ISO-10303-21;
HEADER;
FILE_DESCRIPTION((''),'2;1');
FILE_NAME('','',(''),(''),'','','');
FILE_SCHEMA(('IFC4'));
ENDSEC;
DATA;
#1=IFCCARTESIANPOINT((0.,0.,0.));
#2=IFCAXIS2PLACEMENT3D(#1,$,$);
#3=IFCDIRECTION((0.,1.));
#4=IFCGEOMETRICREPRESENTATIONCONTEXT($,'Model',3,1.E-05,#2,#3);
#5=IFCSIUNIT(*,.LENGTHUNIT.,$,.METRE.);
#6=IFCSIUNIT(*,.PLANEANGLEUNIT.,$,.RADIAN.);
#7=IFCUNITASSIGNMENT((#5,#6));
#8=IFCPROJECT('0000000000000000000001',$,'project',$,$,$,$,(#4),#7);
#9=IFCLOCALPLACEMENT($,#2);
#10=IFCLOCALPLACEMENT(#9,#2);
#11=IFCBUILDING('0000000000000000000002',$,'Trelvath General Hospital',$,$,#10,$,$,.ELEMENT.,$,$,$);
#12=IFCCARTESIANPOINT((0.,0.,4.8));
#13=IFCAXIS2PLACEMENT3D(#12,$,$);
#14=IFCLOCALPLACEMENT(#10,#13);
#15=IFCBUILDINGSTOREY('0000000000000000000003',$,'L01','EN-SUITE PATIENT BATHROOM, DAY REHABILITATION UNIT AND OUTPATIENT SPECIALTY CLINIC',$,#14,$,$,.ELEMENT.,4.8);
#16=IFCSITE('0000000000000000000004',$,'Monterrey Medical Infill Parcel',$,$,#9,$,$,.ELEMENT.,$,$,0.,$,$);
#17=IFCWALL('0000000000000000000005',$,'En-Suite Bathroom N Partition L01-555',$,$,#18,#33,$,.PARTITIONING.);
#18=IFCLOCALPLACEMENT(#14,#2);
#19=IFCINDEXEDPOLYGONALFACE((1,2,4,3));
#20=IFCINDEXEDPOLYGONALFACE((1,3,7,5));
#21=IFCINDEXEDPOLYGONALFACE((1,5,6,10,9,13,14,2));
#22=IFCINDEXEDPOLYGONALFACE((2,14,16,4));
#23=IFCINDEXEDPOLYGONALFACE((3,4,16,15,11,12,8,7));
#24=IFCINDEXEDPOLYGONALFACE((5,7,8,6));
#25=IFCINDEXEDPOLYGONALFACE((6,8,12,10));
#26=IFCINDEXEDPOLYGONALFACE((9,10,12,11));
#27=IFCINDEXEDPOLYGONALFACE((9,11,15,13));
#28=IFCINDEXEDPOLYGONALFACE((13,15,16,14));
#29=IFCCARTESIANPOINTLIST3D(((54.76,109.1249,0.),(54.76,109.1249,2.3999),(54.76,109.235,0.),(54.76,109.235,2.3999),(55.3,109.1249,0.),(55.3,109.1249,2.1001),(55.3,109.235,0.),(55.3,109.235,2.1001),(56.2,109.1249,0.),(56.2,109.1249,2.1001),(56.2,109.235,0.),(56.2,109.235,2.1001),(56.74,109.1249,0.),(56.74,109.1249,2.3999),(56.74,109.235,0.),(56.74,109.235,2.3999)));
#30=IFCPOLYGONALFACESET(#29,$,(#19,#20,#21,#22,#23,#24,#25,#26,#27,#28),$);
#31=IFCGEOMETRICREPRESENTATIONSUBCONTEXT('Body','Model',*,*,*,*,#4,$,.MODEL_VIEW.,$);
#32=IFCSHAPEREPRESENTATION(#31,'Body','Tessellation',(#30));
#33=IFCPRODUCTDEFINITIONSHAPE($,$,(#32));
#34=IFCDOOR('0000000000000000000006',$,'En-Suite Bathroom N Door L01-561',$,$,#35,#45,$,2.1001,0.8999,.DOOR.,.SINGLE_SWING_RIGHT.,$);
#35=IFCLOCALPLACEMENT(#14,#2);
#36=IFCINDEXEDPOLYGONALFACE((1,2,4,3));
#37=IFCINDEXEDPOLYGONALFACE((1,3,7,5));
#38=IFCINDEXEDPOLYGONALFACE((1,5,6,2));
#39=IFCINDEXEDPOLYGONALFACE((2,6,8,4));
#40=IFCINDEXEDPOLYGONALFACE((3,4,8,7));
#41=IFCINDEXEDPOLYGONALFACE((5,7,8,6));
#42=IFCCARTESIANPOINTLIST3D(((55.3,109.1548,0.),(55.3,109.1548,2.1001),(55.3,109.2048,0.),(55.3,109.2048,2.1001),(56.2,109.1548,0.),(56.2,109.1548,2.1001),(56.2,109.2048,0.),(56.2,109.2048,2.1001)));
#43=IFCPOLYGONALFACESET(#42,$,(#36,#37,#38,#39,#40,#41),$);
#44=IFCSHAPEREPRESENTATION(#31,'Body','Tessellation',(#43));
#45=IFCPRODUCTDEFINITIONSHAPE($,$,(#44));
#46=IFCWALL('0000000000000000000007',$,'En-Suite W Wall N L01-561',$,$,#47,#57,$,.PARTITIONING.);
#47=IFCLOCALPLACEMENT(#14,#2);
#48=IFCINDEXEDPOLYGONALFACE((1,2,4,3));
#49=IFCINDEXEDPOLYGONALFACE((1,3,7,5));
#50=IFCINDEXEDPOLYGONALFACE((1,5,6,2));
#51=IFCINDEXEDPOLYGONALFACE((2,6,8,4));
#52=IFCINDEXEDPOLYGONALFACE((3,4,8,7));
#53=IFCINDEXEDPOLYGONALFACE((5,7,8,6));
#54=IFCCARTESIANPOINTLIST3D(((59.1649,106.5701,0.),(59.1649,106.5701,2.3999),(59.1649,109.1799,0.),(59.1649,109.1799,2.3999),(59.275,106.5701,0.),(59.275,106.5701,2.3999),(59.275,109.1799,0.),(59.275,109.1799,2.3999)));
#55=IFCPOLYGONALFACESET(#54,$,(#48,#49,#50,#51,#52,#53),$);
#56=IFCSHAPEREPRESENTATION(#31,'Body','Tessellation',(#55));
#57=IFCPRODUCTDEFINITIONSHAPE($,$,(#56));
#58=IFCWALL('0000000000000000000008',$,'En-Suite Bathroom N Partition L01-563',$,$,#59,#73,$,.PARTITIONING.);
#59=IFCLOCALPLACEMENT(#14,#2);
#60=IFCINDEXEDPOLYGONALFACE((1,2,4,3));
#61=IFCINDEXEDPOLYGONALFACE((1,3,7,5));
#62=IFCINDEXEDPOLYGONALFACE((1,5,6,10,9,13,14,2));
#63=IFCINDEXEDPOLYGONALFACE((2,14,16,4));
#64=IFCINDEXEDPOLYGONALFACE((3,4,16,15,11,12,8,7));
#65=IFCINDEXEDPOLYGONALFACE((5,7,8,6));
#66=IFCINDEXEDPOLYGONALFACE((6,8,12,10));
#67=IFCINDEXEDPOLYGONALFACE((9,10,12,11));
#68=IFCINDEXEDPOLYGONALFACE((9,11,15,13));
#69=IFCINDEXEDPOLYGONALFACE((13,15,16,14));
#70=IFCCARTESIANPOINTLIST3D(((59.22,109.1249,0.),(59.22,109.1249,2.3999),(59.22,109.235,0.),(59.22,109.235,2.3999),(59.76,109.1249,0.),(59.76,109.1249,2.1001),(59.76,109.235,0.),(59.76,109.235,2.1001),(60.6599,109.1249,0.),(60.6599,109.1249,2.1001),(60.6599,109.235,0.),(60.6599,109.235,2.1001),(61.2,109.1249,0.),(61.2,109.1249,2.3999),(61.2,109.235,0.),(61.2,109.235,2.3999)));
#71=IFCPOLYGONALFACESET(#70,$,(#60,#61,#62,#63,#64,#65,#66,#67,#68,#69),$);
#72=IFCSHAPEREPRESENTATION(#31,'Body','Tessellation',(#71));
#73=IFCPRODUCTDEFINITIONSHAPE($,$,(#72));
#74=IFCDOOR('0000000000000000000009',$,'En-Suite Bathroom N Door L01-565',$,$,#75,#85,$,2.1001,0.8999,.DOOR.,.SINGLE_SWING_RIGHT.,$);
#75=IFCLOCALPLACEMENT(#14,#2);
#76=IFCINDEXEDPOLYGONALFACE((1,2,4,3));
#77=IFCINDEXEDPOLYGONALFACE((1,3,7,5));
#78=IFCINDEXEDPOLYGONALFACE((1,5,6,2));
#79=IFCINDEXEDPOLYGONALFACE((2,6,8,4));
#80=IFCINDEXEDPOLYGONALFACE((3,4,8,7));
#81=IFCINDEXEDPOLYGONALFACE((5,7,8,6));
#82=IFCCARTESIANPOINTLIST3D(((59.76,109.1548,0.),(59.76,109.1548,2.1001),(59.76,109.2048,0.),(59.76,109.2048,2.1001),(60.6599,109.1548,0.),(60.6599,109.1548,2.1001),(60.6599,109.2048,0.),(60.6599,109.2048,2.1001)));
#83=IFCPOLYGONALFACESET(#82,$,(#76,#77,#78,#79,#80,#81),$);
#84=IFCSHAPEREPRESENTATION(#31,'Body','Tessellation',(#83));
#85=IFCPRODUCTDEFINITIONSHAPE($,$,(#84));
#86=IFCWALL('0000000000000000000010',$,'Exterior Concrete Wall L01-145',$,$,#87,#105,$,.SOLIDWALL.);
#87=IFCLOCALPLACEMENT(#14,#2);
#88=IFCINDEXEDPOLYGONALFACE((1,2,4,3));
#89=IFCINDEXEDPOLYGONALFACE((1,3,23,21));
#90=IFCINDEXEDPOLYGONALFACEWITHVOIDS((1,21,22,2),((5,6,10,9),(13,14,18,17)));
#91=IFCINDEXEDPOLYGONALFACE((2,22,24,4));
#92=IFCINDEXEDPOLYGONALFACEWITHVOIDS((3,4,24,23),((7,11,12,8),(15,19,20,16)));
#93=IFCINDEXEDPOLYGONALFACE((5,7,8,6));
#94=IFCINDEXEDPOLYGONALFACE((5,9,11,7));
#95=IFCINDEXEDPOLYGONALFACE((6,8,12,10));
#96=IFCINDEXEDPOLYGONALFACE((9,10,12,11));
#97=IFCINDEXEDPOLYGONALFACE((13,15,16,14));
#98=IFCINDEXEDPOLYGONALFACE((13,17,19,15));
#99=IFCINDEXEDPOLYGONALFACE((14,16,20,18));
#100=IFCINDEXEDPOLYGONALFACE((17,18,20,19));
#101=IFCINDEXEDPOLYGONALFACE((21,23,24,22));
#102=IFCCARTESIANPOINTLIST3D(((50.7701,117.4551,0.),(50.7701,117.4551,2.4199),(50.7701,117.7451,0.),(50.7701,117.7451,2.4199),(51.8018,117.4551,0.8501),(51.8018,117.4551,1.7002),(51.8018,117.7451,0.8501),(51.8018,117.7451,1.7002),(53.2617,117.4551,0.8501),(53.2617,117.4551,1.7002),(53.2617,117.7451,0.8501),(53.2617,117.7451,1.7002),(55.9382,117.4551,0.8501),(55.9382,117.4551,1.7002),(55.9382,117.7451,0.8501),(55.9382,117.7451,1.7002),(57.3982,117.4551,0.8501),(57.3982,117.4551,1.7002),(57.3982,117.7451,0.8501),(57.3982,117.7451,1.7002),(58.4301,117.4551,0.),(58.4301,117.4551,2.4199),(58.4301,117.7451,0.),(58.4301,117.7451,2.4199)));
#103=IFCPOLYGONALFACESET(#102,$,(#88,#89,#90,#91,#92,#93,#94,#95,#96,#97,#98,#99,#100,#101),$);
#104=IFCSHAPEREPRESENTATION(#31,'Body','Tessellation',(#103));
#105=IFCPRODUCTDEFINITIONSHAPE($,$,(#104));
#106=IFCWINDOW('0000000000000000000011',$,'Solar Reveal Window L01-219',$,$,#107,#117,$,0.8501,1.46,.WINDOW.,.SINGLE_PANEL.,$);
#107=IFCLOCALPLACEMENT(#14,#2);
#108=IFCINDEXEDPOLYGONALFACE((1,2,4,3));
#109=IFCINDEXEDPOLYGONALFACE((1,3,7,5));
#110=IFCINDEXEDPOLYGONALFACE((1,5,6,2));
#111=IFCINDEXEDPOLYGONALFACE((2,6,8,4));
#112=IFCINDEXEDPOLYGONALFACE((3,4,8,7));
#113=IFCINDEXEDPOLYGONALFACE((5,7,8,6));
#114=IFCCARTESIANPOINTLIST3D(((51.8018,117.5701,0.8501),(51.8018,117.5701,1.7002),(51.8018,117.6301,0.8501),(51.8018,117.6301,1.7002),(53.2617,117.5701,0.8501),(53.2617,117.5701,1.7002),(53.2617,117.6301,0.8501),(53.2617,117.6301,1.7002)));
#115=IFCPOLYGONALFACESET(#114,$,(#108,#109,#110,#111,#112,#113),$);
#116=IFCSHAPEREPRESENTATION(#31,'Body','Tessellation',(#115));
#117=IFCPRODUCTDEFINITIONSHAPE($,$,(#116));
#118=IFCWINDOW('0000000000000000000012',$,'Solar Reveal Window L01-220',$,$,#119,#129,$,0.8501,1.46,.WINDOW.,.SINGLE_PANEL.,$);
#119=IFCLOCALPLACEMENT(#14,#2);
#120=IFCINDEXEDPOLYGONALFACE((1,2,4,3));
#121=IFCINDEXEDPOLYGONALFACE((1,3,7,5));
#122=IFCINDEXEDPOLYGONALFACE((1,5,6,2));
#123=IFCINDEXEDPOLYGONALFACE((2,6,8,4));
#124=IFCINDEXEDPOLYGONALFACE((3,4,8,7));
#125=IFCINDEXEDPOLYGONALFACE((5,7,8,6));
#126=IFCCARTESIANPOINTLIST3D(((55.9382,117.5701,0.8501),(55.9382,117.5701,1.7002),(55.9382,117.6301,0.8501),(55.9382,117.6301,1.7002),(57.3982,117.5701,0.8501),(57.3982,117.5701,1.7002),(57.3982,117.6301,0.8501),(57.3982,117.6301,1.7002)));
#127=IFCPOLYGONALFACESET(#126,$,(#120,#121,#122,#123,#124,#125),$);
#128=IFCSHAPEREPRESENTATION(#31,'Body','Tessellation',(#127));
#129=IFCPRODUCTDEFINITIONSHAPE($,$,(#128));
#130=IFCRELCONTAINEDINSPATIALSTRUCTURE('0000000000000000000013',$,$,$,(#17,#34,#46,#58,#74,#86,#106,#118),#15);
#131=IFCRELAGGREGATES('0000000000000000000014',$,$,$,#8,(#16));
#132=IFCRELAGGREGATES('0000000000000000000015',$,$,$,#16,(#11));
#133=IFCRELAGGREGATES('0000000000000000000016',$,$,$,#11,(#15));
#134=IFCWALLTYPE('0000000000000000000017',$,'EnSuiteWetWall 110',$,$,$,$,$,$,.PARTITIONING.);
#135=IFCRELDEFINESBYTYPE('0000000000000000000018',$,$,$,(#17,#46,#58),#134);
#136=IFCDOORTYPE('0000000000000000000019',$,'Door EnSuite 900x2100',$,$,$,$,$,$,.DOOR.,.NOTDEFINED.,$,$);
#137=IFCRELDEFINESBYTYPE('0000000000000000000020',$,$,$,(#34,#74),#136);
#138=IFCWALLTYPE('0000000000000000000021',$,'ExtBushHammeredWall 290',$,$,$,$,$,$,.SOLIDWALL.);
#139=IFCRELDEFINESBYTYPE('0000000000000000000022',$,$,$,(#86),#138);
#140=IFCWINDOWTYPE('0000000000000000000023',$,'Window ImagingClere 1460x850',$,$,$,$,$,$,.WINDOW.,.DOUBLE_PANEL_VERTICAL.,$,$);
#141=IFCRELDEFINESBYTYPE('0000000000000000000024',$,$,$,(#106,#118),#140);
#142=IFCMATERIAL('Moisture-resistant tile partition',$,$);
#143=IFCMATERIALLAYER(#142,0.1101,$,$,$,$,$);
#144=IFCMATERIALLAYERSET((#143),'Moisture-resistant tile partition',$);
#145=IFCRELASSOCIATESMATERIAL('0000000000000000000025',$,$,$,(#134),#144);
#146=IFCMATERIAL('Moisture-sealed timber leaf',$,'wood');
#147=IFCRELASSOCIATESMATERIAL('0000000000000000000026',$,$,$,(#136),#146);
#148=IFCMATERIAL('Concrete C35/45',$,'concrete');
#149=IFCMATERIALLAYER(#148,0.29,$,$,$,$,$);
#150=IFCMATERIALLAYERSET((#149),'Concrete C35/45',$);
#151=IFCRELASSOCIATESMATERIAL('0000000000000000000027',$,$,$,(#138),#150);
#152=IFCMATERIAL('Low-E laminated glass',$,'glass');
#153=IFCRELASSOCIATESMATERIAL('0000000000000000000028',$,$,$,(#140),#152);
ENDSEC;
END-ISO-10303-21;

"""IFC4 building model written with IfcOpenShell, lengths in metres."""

from ifc_helpers import new_model, si_unit, direction, frame, frame_2d, origin, place, context, subcontext, project, spatial, rectangle, extrude, material, layer, layer_set, type_object, element, fill, save


model = new_model("IFC4")

# Units and contexts
model_context = context("Model", 3, precision=1e-05, world=origin(), true_north=direction((0.0, 1.0)))
body_context = subcontext(model_context, "Body", "Model", "MODEL_VIEW")
ifc_project = project(units=[si_unit("LENGTHUNIT", "METRE"), si_unit("PLANEANGLEUNIT", "RADIAN")], contexts=[model_context])

# Site, building, storey
site_placement = place(None, origin())
site = spatial("IfcSite", under=ifc_project, at=site_placement, Name="Monterrey Medical Infill Parcel", CompositionType="ELEMENT", RefElevation=0.0)
building_placement = place(site_placement, origin())
building = spatial("IfcBuilding", under=site, at=building_placement, Name="Trelvath General Hospital", CompositionType="ELEMENT")
storey_placement = place(building_placement, frame((0.0, 0.0, 4.8)))
storey = spatial("IfcBuildingStorey", under=building, at=storey_placement, Name="L01", Description="EN-SUITE PATIENT BATHROOM, DAY REHABILITATION UNIT AND OUTPATIENT SPECIALTY CLINIC", CompositionType="ELEMENT", Elevation=4.8)

# Wall, opening, door
ifc_material_1 = material(Name="Moisture-resistant tile partition")
ifc_layer_1 = layer(ifc_material_1, 0.1101)
ifc_layer_set_1 = layer_set([ifc_layer_1], Name="Moisture-resistant tile partition")
wall_type_1 = type_object("IfcWallType", Name="EnSuiteWetWall 110", PredefinedType="PARTITIONING", material=ifc_layer_set_1)
ifc_material_2 = material(Name="Moisture-sealed timber leaf", Category="wood")
door_type = type_object("IfcDoorType", Name="Door EnSuite 900x2100", OperationType="NOTDEFINED", PredefinedType="DOOR", material=ifc_material_2)
wall_1_placement = place(storey_placement, frame((54.76, 109.1799, 0.0), z_axis=(0.0, 0.0, 1.0), x_axis=(1.0, 0.0, 0.0)))
wall_1 = element("IfcWall", 1, at=wall_1_placement, inside=storey, type_object=wall_type_1, Name="En-Suite Bathroom N Partition L01-555", PredefinedType="PARTITIONING", context=body_context, shape_type="SweptSolid", body=[
    extrude(rectangle(XDim=1.98, YDim=0.1101, at=frame_2d((0.99, 0.0))), origin(), (0.0, 0.0, 1.0), 2.3999),
])
opening_1_placement = place(wall_1_placement, frame((0.54, 0.0, 0.0)))
opening_1 = element("IfcOpeningElement", 2, at=opening_1_placement, cuts=wall_1, PredefinedType="OPENING", context=body_context, shape_type="SweptSolid", body=[
    extrude(rectangle(XDim=0.8999, YDim=2.1001, at=frame_2d((0.45, 1.05))), frame((0.0, 0.0649, 0.0), z_axis=(0.0, -1.0, 0.0), x_axis=(1.0, 0.0, 0.0)), (0.0, 0.0, 1.0), 0.1301),
])
door_1_placement = place(opening_1_placement, origin())
door_1 = element("IfcDoor", 3, at=door_1_placement, inside=storey, type_object=door_type, Name="En-Suite Bathroom N Door L01-561", OperationType="SINGLE_SWING_RIGHT", OverallHeight=2.1001, OverallWidth=0.8999, PredefinedType="DOOR", context=body_context, shape_type="SweptSolid", body=[
    extrude(rectangle(XDim=0.8999, YDim=2.1001, at=frame_2d((0.45, 1.05))), frame((0.0, 0.0249, 0.0), z_axis=(0.0, -1.0, 0.0), x_axis=(1.0, 0.0, 0.0)), (0.0, 0.0, 1.0), 0.05),
])
fill(opening_1, door_1)

# Wall
wall_2_placement = place(storey_placement, frame((59.22, 106.5701, 0.0), z_axis=(0.0, 0.0, 1.0), x_axis=(0.0, 1.0, 0.0)))
element("IfcWall", 4, at=wall_2_placement, inside=storey, type_object=wall_type_1, Name="En-Suite W Wall N L01-561", PredefinedType="PARTITIONING", context=body_context, shape_type="SweptSolid", body=[
    extrude(rectangle(XDim=2.6099, YDim=0.1101, at=frame_2d((1.3049, 0.0))), origin(), (0.0, 0.0, 1.0), 2.3999),
])

# Wall, opening, door
wall_3_placement = place(storey_placement, frame((59.22, 109.1799, 0.0), z_axis=(0.0, 0.0, 1.0), x_axis=(1.0, 0.0, 0.0)))
wall_3 = element("IfcWall", 5, at=wall_3_placement, inside=storey, type_object=wall_type_1, Name="En-Suite Bathroom N Partition L01-563", PredefinedType="PARTITIONING", context=body_context, shape_type="SweptSolid", body=[
    extrude(rectangle(XDim=1.98, YDim=0.1101, at=frame_2d((0.99, 0.0))), origin(), (0.0, 0.0, 1.0), 2.3999),
])
opening_2_placement = place(wall_3_placement, frame((0.54, 0.0, 0.0)))
opening_2 = element("IfcOpeningElement", 6, at=opening_2_placement, cuts=wall_3, PredefinedType="OPENING", context=body_context, shape_type="SweptSolid", body=[
    extrude(rectangle(XDim=0.8999, YDim=2.1001, at=frame_2d((0.45, 1.05))), frame((0.0, 0.0649, 0.0), z_axis=(0.0, -1.0, 0.0), x_axis=(1.0, 0.0, 0.0)), (0.0, 0.0, 1.0), 0.1301),
])
door_2_placement = place(opening_2_placement, origin())
door_2 = element("IfcDoor", 7, at=door_2_placement, inside=storey, type_object=door_type, Name="En-Suite Bathroom N Door L01-565", OperationType="SINGLE_SWING_RIGHT", OverallHeight=2.1001, OverallWidth=0.8999, PredefinedType="DOOR", context=body_context, shape_type="SweptSolid", body=[
    extrude(rectangle(XDim=0.8999, YDim=2.1001, at=frame_2d((0.45, 1.05))), frame((0.0, 0.0249, 0.0), z_axis=(0.0, -1.0, 0.0), x_axis=(1.0, 0.0, 0.0)), (0.0, 0.0, 1.0), 0.05),
])
fill(opening_2, door_2)

# Wall, openings, windows
ifc_material_3 = material(Name="Concrete C35/45", Category="concrete")
ifc_layer_2 = layer(ifc_material_3, 0.29)
ifc_layer_set_2 = layer_set([ifc_layer_2], Name="Concrete C35/45")
wall_type_2 = type_object("IfcWallType", Name="ExtBushHammeredWall 290", PredefinedType="SOLIDWALL", material=ifc_layer_set_2)
wall_4_placement = place(storey_placement, frame((50.77, 117.6001, 0.0), z_axis=(0.0, 0.0, 1.0), x_axis=(1.0, 0.0, 0.0)))
wall_4 = element("IfcWall", 8, at=wall_4_placement, inside=storey, type_object=wall_type_2, Name="Exterior Concrete Wall L01-145", PredefinedType="SOLIDWALL", context=body_context, shape_type="SweptSolid", body=[
    extrude(rectangle(XDim=7.6599, YDim=0.29, at=frame_2d((3.8301, 0.0))), origin(), (0.0, 0.0, 1.0), 2.4199),
])
opening_3_placement = place(wall_4_placement, frame((1.0317, 0.0, 0.8501)))
opening_3 = element("IfcOpeningElement", 9, at=opening_3_placement, cuts=wall_4, PredefinedType="OPENING", context=body_context, shape_type="SweptSolid", body=[
    extrude(rectangle(XDim=1.46, YDim=0.8501, at=frame_2d((0.73, 0.425))), frame((0.0, 0.155, 0.0), z_axis=(0.0, -1.0, 0.0), x_axis=(1.0, 0.0, 0.0)), (0.0, 0.0, 1.0), 0.3101),
])
opening_4_placement = place(wall_4_placement, frame((5.1682, 0.0, 0.8501)))
opening_4 = element("IfcOpeningElement", 10, at=opening_4_placement, cuts=wall_4, PredefinedType="OPENING", context=body_context, shape_type="SweptSolid", body=[
    extrude(rectangle(XDim=1.46, YDim=0.8501, at=frame_2d((0.73, 0.425))), frame((0.0, 0.155, 0.0), z_axis=(0.0, -1.0, 0.0), x_axis=(1.0, 0.0, 0.0)), (0.0, 0.0, 1.0), 0.3101),
])
ifc_material_4 = material(Name="Low-E laminated glass", Category="glass")
window_type_1 = type_object("IfcWindowType", Name="Window ImagingClere 1460x850", PartitioningType="DOUBLE_PANEL_VERTICAL", PredefinedType="WINDOW", material=ifc_material_4)
window_1_placement = place(opening_3_placement, origin())
window_1 = element("IfcWindow", 11, at=window_1_placement, inside=storey, type_object=window_type_1, Name="Solar Reveal Window L01-219", OverallHeight=0.8501, OverallWidth=1.46, PartitioningType="SINGLE_PANEL", PredefinedType="WINDOW", context=body_context, shape_type="SweptSolid", body=[
    extrude(rectangle(XDim=1.46, YDim=0.8501, at=frame_2d((0.73, 0.425))), frame((0.0, 0.03, 0.0), z_axis=(0.0, -1.0, 0.0), x_axis=(1.0, 0.0, 0.0)), (0.0, 0.0, 1.0), 0.0601),
])
fill(opening_3, window_1)
window_2_placement = place(opening_4_placement, origin())
window_2 = element("IfcWindow", 12, at=window_2_placement, inside=storey, type_object=window_type_1, Name="Solar Reveal Window L01-220", OverallHeight=0.8501, OverallWidth=1.46, PartitioningType="SINGLE_PANEL", PredefinedType="WINDOW", context=body_context, shape_type="SweptSolid", body=[
    extrude(rectangle(XDim=1.46, YDim=0.8501, at=frame_2d((0.73, 0.425))), frame((0.0, 0.03, 0.0), z_axis=(0.0, -1.0, 0.0), x_axis=(1.0, 0.0, 0.0)), (0.0, 0.0, 1.0), 0.0601),
])
fill(opening_4, window_2)

save(model, "model.ifc")
